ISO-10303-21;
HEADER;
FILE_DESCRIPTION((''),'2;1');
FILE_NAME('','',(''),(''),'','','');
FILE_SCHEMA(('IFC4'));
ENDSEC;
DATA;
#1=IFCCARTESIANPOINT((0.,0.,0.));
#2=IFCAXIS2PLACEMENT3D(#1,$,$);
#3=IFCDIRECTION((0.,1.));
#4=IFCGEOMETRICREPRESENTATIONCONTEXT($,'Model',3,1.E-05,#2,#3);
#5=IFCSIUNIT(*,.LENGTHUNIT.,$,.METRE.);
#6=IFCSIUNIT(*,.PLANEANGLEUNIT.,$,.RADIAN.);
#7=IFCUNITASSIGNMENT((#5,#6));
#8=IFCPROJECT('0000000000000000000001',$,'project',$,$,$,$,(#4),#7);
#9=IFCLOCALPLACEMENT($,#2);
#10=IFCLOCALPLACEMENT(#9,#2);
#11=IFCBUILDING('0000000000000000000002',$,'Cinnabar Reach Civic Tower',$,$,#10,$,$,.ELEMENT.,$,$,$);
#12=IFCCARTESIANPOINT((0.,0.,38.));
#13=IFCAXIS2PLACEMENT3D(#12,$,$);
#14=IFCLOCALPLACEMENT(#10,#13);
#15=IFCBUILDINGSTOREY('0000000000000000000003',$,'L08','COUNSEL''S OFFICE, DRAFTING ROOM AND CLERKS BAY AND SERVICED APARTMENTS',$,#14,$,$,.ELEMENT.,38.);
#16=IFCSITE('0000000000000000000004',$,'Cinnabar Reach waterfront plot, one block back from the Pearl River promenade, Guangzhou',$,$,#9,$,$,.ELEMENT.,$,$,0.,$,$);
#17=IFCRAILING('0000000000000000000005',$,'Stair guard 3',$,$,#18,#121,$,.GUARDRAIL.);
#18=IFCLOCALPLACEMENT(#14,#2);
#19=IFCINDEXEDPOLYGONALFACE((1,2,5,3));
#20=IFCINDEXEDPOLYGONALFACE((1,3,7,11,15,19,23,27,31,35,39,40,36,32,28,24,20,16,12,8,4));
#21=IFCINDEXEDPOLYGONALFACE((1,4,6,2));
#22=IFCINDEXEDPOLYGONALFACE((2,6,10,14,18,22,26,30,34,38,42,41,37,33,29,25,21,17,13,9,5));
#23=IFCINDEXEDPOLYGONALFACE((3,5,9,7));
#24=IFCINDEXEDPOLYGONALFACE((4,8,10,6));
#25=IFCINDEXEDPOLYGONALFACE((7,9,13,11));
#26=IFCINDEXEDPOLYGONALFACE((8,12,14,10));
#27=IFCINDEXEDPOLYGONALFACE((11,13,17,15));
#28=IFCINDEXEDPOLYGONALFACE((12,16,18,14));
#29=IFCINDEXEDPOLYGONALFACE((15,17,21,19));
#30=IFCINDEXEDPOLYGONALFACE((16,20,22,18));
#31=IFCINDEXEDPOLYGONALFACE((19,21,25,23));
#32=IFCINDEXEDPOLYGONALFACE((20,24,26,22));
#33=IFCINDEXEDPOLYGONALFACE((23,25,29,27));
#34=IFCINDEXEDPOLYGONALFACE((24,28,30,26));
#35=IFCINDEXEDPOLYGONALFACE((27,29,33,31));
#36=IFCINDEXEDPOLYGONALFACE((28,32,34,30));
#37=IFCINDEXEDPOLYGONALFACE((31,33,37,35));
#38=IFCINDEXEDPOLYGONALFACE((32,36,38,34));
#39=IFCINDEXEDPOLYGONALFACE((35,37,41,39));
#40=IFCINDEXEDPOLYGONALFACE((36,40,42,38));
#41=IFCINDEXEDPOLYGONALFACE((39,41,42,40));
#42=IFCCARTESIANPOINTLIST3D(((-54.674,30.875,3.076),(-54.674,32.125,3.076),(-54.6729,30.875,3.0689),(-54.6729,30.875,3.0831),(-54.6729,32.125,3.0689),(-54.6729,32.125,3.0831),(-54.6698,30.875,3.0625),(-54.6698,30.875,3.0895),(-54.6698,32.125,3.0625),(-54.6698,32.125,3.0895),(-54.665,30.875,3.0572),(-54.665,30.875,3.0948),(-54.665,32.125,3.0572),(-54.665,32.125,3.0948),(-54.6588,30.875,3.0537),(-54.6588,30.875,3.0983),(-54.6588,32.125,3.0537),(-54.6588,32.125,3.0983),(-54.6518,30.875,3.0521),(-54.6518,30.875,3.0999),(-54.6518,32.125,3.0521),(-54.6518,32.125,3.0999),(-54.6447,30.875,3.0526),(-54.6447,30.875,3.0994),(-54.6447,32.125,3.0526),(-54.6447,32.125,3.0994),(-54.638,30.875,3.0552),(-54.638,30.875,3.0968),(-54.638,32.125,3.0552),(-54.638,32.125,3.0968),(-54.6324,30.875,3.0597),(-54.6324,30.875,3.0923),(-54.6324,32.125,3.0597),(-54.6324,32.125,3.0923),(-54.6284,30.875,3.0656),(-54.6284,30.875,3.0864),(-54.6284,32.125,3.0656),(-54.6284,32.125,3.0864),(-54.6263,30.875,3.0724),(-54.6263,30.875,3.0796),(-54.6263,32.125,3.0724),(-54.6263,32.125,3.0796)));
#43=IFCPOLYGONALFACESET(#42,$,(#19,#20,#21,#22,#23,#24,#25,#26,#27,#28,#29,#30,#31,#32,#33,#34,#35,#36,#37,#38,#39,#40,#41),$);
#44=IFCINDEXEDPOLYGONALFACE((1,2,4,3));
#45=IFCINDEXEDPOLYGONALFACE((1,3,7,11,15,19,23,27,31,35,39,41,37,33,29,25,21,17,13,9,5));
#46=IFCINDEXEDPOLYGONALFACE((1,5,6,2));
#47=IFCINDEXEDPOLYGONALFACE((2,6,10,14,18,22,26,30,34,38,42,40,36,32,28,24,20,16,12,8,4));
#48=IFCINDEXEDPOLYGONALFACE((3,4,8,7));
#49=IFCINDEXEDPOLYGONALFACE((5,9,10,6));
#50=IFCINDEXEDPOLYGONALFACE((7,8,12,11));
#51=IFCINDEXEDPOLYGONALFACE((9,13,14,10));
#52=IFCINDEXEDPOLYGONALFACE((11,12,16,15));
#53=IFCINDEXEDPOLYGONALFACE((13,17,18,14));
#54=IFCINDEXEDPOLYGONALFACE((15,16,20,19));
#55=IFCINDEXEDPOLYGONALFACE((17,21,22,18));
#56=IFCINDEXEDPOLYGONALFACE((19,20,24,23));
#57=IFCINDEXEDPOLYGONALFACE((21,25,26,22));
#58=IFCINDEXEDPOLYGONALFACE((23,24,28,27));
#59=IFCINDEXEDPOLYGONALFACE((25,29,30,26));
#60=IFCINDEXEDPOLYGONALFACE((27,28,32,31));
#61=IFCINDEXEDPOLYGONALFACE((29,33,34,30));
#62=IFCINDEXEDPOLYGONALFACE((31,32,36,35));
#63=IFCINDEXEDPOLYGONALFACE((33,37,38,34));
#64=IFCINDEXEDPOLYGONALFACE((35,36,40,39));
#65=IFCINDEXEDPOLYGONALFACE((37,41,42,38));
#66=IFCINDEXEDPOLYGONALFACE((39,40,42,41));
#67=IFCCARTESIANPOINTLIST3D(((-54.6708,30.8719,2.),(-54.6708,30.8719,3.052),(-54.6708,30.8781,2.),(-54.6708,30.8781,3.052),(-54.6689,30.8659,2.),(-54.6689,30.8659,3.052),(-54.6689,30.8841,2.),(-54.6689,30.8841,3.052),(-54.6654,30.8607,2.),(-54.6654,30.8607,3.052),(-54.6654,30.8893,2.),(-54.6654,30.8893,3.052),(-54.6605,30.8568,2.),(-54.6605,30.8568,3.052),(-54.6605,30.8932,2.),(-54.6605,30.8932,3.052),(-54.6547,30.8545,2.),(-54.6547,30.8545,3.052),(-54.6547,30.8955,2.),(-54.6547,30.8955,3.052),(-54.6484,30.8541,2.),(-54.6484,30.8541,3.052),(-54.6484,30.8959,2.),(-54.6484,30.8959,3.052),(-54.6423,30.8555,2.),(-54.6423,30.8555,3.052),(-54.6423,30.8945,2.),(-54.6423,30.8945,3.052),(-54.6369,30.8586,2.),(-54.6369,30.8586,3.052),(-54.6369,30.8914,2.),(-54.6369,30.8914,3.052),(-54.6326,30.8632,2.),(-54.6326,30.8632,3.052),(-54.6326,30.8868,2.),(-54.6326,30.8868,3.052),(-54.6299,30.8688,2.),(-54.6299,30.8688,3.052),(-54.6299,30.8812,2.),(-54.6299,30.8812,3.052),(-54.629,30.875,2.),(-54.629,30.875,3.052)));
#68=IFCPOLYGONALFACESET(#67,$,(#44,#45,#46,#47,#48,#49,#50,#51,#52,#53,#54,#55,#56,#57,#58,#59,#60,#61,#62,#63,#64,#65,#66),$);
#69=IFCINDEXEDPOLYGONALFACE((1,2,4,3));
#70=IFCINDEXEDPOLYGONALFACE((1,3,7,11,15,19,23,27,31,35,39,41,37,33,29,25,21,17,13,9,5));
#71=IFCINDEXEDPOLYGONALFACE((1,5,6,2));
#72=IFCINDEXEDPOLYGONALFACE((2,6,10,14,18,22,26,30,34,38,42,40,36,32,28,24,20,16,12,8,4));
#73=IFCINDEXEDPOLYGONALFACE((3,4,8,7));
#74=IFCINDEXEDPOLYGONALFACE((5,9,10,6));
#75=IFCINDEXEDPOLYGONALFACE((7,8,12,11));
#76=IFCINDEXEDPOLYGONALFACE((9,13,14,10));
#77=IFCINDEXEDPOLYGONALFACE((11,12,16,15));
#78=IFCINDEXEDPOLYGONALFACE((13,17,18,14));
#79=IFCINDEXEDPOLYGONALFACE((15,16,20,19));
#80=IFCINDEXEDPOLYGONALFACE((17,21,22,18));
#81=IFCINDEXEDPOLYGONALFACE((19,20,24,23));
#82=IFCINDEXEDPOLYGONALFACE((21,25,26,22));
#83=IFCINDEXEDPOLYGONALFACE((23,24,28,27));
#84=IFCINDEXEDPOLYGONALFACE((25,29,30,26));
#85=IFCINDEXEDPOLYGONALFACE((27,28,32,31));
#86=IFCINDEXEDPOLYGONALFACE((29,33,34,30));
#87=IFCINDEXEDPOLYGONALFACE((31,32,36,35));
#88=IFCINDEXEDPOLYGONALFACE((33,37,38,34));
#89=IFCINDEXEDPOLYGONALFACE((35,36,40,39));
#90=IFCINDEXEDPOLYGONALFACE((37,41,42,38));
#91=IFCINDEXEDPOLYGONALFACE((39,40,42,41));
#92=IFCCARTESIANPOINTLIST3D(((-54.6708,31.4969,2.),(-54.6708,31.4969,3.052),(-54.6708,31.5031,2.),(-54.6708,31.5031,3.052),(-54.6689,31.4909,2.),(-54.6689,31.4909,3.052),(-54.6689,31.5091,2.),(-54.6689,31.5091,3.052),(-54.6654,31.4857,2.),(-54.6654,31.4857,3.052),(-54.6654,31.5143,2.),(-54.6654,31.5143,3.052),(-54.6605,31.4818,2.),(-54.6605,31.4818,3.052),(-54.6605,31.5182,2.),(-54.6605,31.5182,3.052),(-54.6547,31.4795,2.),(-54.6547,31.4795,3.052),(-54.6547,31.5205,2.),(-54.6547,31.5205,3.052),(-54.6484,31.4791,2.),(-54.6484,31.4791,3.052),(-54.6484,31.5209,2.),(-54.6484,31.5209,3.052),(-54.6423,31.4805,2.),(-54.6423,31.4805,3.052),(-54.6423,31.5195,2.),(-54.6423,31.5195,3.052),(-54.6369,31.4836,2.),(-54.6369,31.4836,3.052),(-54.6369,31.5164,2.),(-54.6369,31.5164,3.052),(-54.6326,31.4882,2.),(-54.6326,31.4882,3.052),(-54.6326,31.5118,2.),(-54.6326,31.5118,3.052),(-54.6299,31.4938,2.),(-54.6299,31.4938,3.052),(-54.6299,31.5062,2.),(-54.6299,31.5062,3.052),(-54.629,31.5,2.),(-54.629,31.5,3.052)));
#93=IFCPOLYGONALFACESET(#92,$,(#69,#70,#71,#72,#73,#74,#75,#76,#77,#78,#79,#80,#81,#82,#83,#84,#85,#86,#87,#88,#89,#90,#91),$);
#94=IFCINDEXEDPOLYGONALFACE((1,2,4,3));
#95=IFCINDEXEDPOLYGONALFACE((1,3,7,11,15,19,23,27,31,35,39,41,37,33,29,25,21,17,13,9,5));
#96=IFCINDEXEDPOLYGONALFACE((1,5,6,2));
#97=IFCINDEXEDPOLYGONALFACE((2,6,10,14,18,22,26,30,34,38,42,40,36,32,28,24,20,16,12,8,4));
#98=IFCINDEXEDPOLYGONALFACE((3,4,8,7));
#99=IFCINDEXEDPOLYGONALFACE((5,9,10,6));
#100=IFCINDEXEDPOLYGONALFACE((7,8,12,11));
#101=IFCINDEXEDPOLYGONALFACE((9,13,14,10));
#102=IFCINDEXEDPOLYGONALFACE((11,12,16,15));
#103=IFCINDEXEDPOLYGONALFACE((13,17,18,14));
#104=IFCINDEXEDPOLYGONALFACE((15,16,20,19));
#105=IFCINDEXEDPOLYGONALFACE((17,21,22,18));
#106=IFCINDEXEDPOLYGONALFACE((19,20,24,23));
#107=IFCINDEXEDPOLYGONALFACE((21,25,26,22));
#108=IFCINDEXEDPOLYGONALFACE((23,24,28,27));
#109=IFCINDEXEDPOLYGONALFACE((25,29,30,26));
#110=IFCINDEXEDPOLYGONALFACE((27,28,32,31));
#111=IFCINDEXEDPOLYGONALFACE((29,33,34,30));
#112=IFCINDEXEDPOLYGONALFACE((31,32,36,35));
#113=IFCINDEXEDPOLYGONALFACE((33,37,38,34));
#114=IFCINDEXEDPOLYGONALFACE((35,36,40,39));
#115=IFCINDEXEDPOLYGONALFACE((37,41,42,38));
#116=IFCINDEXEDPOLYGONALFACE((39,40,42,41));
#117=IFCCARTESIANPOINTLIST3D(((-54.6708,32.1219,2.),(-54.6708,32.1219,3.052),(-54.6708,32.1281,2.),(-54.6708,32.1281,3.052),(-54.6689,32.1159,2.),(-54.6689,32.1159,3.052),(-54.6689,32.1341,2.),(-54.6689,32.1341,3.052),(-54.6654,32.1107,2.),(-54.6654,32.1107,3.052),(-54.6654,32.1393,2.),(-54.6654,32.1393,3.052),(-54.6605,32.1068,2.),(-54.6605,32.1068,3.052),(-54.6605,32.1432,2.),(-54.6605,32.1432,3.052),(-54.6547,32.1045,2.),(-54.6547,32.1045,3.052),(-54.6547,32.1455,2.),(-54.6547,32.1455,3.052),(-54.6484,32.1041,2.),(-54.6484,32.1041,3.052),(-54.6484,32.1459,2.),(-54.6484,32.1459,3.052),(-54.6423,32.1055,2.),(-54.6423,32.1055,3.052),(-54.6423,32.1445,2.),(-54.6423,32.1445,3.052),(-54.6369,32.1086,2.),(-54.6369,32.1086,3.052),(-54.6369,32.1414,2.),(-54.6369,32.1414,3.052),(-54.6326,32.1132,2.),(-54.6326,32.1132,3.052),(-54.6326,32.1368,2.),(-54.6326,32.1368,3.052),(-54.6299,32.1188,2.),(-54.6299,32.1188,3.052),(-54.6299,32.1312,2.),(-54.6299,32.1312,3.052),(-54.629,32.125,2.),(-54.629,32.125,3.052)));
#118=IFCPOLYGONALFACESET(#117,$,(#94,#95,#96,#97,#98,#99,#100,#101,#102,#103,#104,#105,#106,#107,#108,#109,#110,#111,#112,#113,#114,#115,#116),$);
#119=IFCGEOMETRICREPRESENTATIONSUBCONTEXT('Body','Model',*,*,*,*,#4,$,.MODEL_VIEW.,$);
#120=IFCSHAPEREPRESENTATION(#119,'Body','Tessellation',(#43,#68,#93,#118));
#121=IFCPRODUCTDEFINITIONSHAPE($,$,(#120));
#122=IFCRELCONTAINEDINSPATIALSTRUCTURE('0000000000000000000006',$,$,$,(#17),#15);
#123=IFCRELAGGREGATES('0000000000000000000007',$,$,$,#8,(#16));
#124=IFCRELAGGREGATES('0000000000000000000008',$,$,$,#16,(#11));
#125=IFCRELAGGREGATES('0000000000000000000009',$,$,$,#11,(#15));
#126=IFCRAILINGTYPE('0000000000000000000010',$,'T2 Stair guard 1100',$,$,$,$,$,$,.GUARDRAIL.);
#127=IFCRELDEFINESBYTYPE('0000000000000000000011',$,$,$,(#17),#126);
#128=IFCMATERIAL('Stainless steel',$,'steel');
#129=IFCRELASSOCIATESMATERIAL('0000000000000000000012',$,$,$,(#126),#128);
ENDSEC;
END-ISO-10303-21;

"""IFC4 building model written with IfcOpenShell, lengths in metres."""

from ifc_helpers import new_model, si_unit, direction, frame, origin, origin_2d, place, context, subcontext, project, spatial, circle, extrude, material, type_object, element, save


model = new_model("IFC4")

# Units and contexts
model_context = context("Model", 3, precision=1e-05, world=origin(), true_north=direction((0.0, 1.0)))
body_context = subcontext(model_context, "Body", "Model", "MODEL_VIEW")
ifc_project = project(units=[si_unit("LENGTHUNIT", "METRE"), si_unit("PLANEANGLEUNIT", "RADIAN")], contexts=[model_context])

# Site, building, storey
site_placement = place(None, origin())
site = spatial("IfcSite", under=ifc_project, at=site_placement, Name="Cinnabar Reach waterfront plot, one block back from the Pearl River promenade, Guangzhou", CompositionType="ELEMENT", RefElevation=0.0)
building_placement = place(site_placement, origin())
building = spatial("IfcBuilding", under=site, at=building_placement, Name="Cinnabar Reach Civic Tower", CompositionType="ELEMENT")
storey_placement = place(building_placement, frame((0.0, 0.0, 38.0)))
storey = spatial("IfcBuildingStorey", under=building, at=storey_placement, Name="L08", Description="COUNSEL'S OFFICE, DRAFTING ROOM AND CLERKS BAY AND SERVICED APARTMENTS", CompositionType="ELEMENT", Elevation=38.0)

# Railing
ifc_material_1 = material(Name="Stainless steel", Category="steel")
railing_type = type_object("IfcRailingType", Name="T2 Stair guard 1100", PredefinedType="GUARDRAIL", material=ifc_material_1)
railing_1_placement = place(storey_placement, frame((-54.65, 30.875, 2.0)))
element("IfcRailing", 1, at=railing_1_placement, inside=storey, type_object=railing_type, Name="Stair guard 3", PredefinedType="GUARDRAIL", context=body_context, shape_type="SweptSolid", body=[
    extrude(circle(Radius=0.024, at=origin_2d()), frame((0.0, 0.0, 1.076), z_axis=(0.0, 1.0, 0.0), x_axis=(-1.0, 0.0, 0.0)), (0.0, 0.0, 1.0), 1.25),
    extrude(circle(Radius=0.021, at=origin_2d()), origin(), (0.0, 0.0, 1.0), 1.052),
    extrude(circle(Radius=0.021, at=origin_2d()), frame((0.0, 0.625, 0.0)), (0.0, 0.0, 1.0), 1.052),
    extrude(circle(Radius=0.021, at=origin_2d()), frame((0.0, 1.25, 0.0)), (0.0, 0.0, 1.0), 1.052),
])

save(model, "model.ifc")
